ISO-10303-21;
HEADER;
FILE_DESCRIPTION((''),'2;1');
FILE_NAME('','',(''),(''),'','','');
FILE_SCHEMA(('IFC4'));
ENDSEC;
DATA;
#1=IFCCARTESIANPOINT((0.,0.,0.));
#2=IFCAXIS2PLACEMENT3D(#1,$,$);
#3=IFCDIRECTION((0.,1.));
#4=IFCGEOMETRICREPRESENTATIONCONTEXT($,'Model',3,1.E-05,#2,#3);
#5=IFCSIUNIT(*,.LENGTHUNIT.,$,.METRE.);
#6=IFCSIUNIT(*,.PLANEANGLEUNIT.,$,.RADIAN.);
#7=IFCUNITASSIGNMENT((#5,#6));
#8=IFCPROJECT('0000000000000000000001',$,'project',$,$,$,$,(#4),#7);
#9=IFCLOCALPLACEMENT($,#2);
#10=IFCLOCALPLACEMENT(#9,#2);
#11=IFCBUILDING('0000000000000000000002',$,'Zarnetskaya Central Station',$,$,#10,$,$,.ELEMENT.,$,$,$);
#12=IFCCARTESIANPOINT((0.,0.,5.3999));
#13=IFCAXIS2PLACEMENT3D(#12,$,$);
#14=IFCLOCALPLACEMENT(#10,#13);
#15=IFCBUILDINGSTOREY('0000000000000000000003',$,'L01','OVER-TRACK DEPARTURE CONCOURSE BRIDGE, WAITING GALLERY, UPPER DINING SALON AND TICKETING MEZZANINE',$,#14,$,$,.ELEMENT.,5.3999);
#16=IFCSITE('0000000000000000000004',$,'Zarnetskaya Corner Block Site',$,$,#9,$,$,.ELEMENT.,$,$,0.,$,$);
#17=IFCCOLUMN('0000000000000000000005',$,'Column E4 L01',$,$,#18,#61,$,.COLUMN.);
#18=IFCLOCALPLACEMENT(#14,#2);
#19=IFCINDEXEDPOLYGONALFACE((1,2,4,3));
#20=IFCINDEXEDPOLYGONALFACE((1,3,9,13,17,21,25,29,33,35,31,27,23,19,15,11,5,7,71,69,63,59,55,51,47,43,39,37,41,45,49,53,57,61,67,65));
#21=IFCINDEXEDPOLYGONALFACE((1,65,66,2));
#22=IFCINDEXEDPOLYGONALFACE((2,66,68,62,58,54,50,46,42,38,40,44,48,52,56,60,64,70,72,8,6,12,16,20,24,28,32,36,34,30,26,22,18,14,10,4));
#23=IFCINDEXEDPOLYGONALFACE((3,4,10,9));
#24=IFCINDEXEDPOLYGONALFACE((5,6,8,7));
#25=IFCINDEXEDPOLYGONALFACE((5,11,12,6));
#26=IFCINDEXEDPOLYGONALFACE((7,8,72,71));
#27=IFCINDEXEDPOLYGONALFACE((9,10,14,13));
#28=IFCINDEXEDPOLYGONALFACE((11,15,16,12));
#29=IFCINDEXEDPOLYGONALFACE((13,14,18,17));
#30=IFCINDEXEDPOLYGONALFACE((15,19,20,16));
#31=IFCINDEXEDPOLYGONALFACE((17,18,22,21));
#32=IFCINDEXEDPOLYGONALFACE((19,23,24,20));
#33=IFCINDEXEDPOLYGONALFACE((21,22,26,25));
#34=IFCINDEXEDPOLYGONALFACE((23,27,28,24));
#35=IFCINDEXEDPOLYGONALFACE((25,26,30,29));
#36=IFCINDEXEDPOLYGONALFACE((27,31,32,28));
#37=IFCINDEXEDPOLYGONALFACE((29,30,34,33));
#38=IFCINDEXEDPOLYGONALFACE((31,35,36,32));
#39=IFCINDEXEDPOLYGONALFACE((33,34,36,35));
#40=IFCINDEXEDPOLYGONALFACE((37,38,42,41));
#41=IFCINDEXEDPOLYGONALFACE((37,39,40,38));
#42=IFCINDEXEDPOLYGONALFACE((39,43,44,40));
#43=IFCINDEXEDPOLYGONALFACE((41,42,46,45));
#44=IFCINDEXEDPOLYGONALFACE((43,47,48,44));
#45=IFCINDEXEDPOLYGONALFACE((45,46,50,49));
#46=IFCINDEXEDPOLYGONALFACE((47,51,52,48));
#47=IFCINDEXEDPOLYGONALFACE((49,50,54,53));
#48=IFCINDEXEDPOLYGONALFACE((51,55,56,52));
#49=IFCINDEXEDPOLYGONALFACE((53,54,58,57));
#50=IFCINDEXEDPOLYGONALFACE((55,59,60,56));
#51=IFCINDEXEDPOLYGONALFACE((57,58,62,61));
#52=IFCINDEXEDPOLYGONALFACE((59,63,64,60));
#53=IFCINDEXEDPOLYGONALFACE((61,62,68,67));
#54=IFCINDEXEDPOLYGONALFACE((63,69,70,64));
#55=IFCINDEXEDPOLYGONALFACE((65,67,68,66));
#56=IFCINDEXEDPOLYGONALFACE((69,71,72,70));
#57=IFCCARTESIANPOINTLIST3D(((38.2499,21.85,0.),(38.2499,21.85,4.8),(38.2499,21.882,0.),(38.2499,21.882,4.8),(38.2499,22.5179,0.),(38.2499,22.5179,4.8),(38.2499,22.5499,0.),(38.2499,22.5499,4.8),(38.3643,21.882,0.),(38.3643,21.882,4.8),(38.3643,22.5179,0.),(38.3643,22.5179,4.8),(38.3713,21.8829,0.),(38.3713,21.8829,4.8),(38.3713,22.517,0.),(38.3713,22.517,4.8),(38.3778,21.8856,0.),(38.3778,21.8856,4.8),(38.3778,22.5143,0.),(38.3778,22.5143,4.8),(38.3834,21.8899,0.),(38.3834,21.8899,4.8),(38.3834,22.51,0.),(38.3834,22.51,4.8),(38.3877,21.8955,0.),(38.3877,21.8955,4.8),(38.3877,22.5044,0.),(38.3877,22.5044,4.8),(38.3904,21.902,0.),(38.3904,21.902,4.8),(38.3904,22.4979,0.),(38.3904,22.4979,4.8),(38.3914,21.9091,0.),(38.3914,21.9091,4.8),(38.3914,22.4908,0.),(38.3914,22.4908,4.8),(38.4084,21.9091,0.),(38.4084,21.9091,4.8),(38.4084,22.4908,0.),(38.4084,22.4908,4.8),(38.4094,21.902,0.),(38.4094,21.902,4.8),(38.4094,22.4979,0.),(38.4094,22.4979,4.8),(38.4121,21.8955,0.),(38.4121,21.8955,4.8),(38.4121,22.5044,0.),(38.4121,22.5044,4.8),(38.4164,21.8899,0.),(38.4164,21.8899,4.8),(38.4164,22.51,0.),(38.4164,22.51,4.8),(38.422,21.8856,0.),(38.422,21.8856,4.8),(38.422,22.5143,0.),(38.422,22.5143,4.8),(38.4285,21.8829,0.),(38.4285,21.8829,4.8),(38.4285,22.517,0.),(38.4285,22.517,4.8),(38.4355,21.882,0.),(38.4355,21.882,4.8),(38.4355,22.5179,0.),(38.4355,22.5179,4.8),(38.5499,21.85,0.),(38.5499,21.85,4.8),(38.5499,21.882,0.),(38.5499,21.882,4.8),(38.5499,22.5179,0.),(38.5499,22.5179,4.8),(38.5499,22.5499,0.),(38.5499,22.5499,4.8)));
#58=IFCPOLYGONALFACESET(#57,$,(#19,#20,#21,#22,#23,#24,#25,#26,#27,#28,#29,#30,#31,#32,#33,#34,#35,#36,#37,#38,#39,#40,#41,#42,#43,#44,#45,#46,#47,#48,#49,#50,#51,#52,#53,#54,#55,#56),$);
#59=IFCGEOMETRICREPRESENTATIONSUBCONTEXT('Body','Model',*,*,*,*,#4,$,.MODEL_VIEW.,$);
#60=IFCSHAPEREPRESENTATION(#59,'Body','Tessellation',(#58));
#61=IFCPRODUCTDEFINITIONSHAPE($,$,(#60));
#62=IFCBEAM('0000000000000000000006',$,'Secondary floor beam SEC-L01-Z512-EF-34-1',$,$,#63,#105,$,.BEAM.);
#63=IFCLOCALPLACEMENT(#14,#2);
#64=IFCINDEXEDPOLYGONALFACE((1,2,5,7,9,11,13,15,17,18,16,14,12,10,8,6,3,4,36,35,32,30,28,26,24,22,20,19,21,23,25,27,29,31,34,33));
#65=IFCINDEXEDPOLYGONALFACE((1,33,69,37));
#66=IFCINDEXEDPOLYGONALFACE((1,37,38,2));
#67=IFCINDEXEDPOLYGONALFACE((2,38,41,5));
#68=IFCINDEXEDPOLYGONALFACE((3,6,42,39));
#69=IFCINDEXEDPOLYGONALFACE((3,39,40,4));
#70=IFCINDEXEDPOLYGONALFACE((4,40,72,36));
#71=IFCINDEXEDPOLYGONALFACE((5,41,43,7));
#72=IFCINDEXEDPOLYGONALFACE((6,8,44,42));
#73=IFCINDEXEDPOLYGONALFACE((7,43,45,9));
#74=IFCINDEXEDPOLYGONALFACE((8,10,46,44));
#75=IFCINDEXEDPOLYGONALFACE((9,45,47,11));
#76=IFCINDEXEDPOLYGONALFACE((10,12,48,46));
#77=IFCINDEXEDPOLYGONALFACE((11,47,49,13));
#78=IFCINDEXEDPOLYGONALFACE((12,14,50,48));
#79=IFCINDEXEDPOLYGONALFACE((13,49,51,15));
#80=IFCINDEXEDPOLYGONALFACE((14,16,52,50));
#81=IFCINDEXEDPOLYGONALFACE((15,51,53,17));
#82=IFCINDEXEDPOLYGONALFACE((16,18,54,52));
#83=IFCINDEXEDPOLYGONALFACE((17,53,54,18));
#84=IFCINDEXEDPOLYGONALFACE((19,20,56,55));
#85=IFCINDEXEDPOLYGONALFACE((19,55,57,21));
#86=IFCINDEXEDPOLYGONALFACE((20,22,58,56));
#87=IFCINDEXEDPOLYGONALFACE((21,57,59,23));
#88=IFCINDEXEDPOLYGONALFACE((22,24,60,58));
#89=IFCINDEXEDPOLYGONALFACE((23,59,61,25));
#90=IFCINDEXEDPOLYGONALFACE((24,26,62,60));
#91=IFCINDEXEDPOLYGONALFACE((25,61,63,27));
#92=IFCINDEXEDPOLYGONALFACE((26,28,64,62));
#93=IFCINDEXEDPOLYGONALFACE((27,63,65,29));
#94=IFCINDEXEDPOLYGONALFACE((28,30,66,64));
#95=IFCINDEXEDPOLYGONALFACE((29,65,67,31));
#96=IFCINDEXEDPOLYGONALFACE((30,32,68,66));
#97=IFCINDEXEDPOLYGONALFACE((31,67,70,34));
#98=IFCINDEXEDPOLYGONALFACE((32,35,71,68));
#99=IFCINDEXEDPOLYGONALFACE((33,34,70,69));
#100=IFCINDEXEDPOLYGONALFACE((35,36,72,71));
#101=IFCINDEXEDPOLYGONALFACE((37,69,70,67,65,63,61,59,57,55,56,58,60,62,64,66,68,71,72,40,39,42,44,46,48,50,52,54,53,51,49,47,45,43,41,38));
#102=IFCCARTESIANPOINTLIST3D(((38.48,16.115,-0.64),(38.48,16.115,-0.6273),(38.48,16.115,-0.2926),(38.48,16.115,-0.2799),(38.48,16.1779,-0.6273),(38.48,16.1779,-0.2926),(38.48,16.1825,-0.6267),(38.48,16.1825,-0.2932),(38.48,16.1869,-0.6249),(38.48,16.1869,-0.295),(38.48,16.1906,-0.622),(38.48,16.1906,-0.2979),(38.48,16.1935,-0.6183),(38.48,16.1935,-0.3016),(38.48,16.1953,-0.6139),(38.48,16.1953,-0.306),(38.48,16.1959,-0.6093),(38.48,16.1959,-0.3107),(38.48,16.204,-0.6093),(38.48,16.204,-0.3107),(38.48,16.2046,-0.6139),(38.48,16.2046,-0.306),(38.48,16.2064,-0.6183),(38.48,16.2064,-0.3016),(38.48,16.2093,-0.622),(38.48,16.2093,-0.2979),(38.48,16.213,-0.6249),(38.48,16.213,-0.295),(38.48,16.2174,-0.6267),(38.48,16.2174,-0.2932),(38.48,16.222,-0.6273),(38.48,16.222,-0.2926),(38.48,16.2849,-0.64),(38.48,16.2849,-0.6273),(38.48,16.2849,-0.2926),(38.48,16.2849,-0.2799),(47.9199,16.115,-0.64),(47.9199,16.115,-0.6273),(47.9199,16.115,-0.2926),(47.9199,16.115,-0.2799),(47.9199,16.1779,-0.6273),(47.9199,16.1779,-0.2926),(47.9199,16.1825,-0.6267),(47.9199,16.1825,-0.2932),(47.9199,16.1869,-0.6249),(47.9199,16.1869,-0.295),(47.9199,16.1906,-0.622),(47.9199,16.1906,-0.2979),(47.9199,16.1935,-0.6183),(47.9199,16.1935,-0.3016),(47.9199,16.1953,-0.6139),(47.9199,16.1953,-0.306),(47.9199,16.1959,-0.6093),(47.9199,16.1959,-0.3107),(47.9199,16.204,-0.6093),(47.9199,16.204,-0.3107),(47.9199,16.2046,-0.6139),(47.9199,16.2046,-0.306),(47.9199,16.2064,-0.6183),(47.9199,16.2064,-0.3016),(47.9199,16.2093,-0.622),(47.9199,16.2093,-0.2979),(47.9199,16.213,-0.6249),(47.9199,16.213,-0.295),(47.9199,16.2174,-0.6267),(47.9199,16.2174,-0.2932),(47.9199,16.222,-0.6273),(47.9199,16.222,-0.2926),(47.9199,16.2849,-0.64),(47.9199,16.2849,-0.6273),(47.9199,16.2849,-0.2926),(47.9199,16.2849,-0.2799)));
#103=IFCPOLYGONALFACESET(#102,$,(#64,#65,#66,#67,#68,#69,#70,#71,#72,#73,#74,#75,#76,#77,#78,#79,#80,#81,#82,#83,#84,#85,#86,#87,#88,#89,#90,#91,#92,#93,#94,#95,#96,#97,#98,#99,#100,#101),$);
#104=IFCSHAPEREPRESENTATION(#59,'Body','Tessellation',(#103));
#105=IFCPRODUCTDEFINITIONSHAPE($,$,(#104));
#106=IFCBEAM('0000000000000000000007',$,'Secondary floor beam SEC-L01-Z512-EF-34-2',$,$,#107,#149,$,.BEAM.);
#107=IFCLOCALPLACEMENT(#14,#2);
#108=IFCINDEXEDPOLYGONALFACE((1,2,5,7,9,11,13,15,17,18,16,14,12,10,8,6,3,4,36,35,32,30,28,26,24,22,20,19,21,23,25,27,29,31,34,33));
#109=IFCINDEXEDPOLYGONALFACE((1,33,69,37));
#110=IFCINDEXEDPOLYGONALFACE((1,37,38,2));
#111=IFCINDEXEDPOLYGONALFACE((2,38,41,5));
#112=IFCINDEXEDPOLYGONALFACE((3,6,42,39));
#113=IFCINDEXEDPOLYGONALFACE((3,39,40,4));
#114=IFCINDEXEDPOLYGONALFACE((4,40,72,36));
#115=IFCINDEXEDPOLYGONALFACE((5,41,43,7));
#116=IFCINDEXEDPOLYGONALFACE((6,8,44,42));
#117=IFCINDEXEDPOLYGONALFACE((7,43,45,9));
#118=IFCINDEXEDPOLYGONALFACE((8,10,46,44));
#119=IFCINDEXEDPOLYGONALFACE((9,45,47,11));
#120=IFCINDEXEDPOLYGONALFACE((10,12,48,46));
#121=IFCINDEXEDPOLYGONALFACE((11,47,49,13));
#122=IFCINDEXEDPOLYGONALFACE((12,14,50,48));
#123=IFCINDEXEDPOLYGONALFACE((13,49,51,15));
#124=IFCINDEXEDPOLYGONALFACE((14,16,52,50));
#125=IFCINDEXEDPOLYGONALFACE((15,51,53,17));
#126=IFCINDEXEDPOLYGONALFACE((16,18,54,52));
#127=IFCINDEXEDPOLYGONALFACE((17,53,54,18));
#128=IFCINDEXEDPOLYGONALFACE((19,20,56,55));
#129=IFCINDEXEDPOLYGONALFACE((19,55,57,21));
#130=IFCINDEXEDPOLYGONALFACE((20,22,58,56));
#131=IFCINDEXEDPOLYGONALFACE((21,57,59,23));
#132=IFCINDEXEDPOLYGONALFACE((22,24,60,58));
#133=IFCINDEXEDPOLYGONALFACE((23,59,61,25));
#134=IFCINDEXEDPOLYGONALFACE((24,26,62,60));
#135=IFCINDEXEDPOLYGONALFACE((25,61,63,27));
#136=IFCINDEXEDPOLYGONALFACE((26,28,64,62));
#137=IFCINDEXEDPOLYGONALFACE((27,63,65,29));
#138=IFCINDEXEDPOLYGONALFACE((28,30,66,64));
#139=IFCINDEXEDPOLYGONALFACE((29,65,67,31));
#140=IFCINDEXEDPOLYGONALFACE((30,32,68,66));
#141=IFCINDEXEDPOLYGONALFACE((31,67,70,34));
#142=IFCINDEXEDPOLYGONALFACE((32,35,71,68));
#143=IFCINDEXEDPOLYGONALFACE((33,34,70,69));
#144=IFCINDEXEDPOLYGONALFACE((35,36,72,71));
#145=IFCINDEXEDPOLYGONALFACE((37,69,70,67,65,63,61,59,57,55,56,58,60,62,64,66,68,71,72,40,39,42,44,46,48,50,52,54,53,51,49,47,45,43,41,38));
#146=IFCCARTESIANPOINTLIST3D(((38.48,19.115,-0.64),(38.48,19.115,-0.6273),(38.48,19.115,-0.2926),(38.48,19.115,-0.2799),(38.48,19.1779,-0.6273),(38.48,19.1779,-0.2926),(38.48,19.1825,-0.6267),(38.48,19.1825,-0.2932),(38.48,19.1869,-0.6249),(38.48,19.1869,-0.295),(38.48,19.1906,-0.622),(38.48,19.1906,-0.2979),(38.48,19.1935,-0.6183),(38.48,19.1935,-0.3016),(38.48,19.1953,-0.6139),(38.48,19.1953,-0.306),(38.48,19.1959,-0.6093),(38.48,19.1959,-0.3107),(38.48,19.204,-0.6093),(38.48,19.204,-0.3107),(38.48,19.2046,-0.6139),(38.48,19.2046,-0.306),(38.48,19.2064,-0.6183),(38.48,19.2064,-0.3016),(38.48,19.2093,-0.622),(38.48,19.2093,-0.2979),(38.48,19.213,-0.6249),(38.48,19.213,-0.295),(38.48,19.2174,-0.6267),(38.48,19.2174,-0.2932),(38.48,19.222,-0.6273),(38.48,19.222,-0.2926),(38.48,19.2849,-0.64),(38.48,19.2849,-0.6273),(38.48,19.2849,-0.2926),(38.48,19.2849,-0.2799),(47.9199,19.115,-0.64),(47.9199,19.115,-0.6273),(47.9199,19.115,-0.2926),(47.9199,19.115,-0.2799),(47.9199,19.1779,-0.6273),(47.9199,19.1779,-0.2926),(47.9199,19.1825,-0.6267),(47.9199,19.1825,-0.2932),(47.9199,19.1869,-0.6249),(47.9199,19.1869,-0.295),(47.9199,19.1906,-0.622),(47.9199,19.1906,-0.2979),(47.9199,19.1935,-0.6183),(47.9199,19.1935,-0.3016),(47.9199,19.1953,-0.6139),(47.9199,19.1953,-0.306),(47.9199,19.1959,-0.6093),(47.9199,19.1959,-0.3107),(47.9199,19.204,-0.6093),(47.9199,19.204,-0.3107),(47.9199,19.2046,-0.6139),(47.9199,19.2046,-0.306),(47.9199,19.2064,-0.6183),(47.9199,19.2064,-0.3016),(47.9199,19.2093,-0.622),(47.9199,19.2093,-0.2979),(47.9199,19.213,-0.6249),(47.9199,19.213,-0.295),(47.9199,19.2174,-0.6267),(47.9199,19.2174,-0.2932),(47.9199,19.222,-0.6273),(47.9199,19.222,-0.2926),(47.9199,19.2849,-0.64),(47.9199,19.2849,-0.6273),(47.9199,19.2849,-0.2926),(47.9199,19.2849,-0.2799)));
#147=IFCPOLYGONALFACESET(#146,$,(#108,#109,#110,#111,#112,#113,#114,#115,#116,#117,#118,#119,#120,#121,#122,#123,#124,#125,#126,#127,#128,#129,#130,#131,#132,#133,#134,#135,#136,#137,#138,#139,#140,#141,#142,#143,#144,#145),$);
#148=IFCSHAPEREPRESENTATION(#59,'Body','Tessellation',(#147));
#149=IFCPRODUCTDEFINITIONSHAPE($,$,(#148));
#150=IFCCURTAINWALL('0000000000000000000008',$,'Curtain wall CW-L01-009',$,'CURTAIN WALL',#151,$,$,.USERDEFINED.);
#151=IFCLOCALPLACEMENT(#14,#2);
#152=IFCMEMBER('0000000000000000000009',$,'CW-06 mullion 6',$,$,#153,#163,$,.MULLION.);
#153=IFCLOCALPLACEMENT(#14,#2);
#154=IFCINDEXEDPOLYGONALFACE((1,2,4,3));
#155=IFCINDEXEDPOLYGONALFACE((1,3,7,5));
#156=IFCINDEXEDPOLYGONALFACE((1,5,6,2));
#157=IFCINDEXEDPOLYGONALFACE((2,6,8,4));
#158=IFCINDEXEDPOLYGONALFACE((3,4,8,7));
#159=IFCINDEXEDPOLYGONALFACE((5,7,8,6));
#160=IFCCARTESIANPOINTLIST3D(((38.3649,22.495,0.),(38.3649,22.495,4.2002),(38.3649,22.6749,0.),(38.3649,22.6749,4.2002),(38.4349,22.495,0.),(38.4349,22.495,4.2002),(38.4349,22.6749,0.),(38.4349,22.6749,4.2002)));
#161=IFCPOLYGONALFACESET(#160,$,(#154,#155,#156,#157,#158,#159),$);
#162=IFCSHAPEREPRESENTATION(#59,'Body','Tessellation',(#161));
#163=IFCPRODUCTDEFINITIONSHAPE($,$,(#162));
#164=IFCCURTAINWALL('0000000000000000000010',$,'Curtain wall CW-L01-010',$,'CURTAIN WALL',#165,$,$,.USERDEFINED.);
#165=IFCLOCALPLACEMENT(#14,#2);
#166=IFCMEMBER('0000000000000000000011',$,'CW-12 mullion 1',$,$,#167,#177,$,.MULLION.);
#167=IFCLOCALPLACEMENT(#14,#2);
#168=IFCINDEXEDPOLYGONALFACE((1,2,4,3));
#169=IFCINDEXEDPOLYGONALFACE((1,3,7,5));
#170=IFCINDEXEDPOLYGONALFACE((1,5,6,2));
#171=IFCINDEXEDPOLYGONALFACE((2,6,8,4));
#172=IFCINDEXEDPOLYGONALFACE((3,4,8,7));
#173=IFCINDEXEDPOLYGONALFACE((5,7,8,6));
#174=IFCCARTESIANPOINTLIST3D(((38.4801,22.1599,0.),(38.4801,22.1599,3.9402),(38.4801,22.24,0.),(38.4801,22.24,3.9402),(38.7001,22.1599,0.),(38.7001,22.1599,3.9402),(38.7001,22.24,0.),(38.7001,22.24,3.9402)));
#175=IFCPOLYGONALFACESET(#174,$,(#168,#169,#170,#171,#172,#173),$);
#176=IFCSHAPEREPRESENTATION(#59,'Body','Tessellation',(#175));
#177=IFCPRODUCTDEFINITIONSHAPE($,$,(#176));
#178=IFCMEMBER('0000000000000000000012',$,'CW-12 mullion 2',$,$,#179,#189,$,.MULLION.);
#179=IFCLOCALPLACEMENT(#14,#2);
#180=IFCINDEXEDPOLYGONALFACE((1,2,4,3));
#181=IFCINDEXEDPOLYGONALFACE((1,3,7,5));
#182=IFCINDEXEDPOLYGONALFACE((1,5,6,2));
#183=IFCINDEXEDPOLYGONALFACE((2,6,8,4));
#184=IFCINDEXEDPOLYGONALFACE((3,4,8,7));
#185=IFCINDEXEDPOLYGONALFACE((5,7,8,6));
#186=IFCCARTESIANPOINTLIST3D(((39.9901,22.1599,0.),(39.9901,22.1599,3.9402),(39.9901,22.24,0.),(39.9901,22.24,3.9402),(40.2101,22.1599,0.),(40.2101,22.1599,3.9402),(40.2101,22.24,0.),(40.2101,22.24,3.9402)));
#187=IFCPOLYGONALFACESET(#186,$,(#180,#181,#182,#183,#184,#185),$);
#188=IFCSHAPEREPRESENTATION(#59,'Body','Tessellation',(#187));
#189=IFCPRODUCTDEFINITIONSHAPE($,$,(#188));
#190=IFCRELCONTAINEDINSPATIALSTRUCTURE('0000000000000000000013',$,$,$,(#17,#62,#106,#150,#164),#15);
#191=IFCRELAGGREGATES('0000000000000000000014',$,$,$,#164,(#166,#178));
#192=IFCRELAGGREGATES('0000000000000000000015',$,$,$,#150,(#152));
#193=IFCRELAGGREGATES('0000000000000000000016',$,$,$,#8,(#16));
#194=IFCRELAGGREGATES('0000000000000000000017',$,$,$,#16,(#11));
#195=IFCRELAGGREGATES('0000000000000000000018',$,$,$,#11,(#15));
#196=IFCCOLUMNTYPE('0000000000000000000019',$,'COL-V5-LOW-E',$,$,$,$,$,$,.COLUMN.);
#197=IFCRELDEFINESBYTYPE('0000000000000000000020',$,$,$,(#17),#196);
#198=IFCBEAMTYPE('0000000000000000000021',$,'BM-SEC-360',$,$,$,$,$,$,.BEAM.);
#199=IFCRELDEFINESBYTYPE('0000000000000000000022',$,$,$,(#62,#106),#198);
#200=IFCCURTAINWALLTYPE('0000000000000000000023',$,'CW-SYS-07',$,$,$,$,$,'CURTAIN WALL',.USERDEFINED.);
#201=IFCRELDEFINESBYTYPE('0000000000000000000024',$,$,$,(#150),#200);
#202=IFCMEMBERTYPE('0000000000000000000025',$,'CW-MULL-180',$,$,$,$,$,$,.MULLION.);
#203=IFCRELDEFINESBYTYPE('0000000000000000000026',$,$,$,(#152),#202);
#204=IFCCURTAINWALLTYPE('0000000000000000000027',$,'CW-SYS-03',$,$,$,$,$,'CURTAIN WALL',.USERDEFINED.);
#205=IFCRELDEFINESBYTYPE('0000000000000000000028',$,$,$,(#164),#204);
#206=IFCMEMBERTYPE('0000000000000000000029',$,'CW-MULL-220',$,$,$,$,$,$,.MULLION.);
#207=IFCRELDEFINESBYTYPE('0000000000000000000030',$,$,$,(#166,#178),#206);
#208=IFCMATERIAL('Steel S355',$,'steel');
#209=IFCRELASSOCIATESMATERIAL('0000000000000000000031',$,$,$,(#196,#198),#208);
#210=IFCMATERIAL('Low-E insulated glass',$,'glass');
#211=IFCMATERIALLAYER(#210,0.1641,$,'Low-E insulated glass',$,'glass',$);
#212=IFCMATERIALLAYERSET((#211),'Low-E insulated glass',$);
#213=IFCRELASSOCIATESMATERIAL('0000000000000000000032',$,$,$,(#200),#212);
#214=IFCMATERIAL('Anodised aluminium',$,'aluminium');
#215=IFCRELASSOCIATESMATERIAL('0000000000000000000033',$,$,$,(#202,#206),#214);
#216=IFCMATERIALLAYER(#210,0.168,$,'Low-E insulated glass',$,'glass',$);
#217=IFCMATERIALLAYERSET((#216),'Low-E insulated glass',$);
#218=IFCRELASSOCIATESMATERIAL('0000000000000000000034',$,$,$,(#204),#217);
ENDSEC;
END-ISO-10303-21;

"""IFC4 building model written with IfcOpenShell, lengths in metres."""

from ifc_helpers import new_model, si_unit, direction, frame, origin, origin_2d, place, context, subcontext, project, spatial, rectangle, i_section, extrude, material, layer, layer_set, material_profile, profile_set, type_object, element, aggregate, save


model = new_model("IFC4")

# Units and contexts
model_context = context("Model", 3, precision=1e-05, world=origin(), true_north=direction((0.0, 1.0)))
body_context = subcontext(model_context, "Body", "Model", "MODEL_VIEW")
ifc_project = project(units=[si_unit("LENGTHUNIT", "METRE"), si_unit("PLANEANGLEUNIT", "RADIAN")], contexts=[model_context])

# Site, building, storey
site_placement = place(None, origin())
site = spatial("IfcSite", under=ifc_project, at=site_placement, Name="Zarnetskaya Corner Block Site", CompositionType="ELEMENT", RefElevation=0.0)
building_placement = place(site_placement, origin())
building = spatial("IfcBuilding", under=site, at=building_placement, Name="Zarnetskaya Central Station", CompositionType="ELEMENT")
storey_placement = place(building_placement, frame((0.0, 0.0, 5.3999)))
storey = spatial("IfcBuildingStorey", under=building, at=storey_placement, Name="L01", Description="OVER-TRACK DEPARTURE CONCOURSE BRIDGE, WAITING GALLERY, UPPER DINING SALON AND TICKETING MEZZANINE", CompositionType="ELEMENT", Elevation=5.3999)

# Column
ifc_material_1 = material(Name="Steel S355", Category="steel")
ifc_material_profile_1 = material_profile(ifc_material_1, i_section(OverallWidth=0.3, OverallDepth=0.7, WebThickness=0.0171, FlangeThickness=0.032, FilletRadius=0.0271, at=origin_2d()), Name="HEB 700")
ifc_profile_set_1 = profile_set([ifc_material_profile_1], Name="Steel S355")
column_type = type_object("IfcColumnType", Name="COL-V5-LOW-E", PredefinedType="COLUMN", material=ifc_profile_set_1)
column_placement = place(storey_placement, frame((38.3999, 22.2, 0.0), z_axis=(0.0, 0.0, 1.0), x_axis=(1.0, 0.0, 0.0)))
element("IfcColumn", 1, at=column_placement, inside=storey, type_object=column_type, Name="Column E4 L01", PredefinedType="COLUMN", context=body_context, shape_type="SweptSolid", body=[
    extrude(i_section(OverallWidth=0.3, OverallDepth=0.7, WebThickness=0.0171, FlangeThickness=0.032, FilletRadius=0.0271, at=origin_2d()), origin(), (0.0, 0.0, 1.0), 4.8),
])

# Beams
ifc_material_profile_2 = material_profile(ifc_material_1, i_section(OverallWidth=0.1699, OverallDepth=0.3601, WebThickness=0.0081, FlangeThickness=0.0127, FilletRadius=0.0181, at=origin_2d()), Name="IPE 360")
ifc_profile_set_2 = profile_set([ifc_material_profile_2], Name="Steel S355")
beam_type_1 = type_object("IfcBeamType", Name="BM-SEC-360", PredefinedType="BEAM", material=ifc_profile_set_2)
for number, where, z_axis, x_axis, name in (
    (2, (38.48, 16.2, -0.46), (1.0, 0.0, 0.0), (0.0, 1.0, 0.0), "Secondary floor beam SEC-L01-Z512-EF-34-1"),
    (3, (38.48, 19.2, -0.46), (1.0, 0.0, 0.0), (0.0, 1.0, 0.0), "Secondary floor beam SEC-L01-Z512-EF-34-2"),
):
    element("IfcBeam", number, at=place(storey_placement, frame(where, z_axis=z_axis, x_axis=x_axis)), inside=storey, type_object=beam_type_1, Name=name, PredefinedType="BEAM", context=body_context, shape_type="SweptSolid", body=[
        extrude(i_section(OverallWidth=0.1699, OverallDepth=0.3601, WebThickness=0.0081, FlangeThickness=0.0127, FilletRadius=0.0181, at=origin_2d()), origin(), (0.0, 0.0, 1.0), 9.4399),
    ])

# Curtain wall, member
ifc_material_2 = material(Name="Low-E insulated glass", Category="glass")
ifc_layer_1 = layer(ifc_material_2, 0.1641, Name="Low-E insulated glass", Category="glass")
ifc_layer_set_1 = layer_set([ifc_layer_1], Name="Low-E insulated glass")
curtain_wall_type_1 = type_object("IfcCurtainWallType", Name="CW-SYS-07", ElementType="CURTAIN WALL", PredefinedType="USERDEFINED", material=ifc_layer_set_1)
curtain_wall_1_placement = place(storey_placement, origin())
curtain_wall_1 = element("IfcCurtainWall", 4, at=curtain_wall_1_placement, inside=storey, type_object=curtain_wall_type_1, Name="Curtain wall CW-L01-009", ObjectType="CURTAIN WALL", PredefinedType="USERDEFINED")
ifc_material_3 = material(Name="Anodised aluminium", Category="aluminium")
ifc_material_profile_3 = material_profile(ifc_material_3, rectangle(XDim=0.0701, YDim=0.1799, at=origin_2d()), Name="ALU MULL 70x180")
ifc_profile_set_3 = profile_set([ifc_material_profile_3], Name="Anodised aluminium")
member_type_1 = type_object("IfcMemberType", Name="CW-MULL-180", PredefinedType="MULLION", material=ifc_profile_set_3)
member_1_placement = place(storey_placement, frame((38.3999, 22.585, 0.0), z_axis=(0.0, 0.0, 1.0), x_axis=(1.0, 0.0, 0.0)))
member_1 = element("IfcMember", 5, at=member_1_placement, type_object=member_type_1, Name="CW-06 mullion 6", PredefinedType="MULLION", context=body_context, shape_type="SweptSolid", body=[
    extrude(rectangle(XDim=0.0701, YDim=0.1799, at=origin_2d()), origin(), (0.0, 0.0, 1.0), 4.2002),
])

# Curtain wall, members
ifc_layer_2 = layer(ifc_material_2, 0.168, Name="Low-E insulated glass", Category="glass")
ifc_layer_set_2 = layer_set([ifc_layer_2], Name="Low-E insulated glass")
curtain_wall_type_2 = type_object("IfcCurtainWallType", Name="CW-SYS-03", ElementType="CURTAIN WALL", PredefinedType="USERDEFINED", material=ifc_layer_set_2)
curtain_wall_2_placement = place(storey_placement, origin())
curtain_wall_2 = element("IfcCurtainWall", 6, at=curtain_wall_2_placement, inside=storey, type_object=curtain_wall_type_2, Name="Curtain wall CW-L01-010", ObjectType="CURTAIN WALL", PredefinedType="USERDEFINED")
ifc_material_profile_4 = material_profile(ifc_material_3, rectangle(XDim=0.0801, YDim=0.22, at=origin_2d()), Name="ALU MULL 80x220")
ifc_profile_set_4 = profile_set([ifc_material_profile_4], Name="Anodised aluminium")
member_type_2 = type_object("IfcMemberType", Name="CW-MULL-220", PredefinedType="MULLION", material=ifc_profile_set_4)
member_2_placement = place(storey_placement, frame((38.5901, 22.2, 0.0), z_axis=(0.0, 0.0, 1.0), x_axis=(0.0, 1.0, 0.0)))
member_2 = element("IfcMember", 7, at=member_2_placement, type_object=member_type_2, Name="CW-12 mullion 1", PredefinedType="MULLION", context=body_context, shape_type="SweptSolid", body=[
    extrude(rectangle(XDim=0.0801, YDim=0.22, at=origin_2d()), origin(), (0.0, 0.0, 1.0), 3.9402),
])
member_3_placement = place(storey_placement, frame((40.1001, 22.2, 0.0), z_axis=(0.0, 0.0, 1.0), x_axis=(0.0, 1.0, 0.0)))
member_3 = element("IfcMember", 8, at=member_3_placement, type_object=member_type_2, Name="CW-12 mullion 2", PredefinedType="MULLION", context=body_context, shape_type="SweptSolid", body=[
    extrude(rectangle(XDim=0.0801, YDim=0.22, at=origin_2d()), origin(), (0.0, 0.0, 1.0), 3.9402),
])

aggregate(curtain_wall_2, [member_2, member_3])
aggregate(curtain_wall_1, [member_1])

save(model, "model.ifc")
